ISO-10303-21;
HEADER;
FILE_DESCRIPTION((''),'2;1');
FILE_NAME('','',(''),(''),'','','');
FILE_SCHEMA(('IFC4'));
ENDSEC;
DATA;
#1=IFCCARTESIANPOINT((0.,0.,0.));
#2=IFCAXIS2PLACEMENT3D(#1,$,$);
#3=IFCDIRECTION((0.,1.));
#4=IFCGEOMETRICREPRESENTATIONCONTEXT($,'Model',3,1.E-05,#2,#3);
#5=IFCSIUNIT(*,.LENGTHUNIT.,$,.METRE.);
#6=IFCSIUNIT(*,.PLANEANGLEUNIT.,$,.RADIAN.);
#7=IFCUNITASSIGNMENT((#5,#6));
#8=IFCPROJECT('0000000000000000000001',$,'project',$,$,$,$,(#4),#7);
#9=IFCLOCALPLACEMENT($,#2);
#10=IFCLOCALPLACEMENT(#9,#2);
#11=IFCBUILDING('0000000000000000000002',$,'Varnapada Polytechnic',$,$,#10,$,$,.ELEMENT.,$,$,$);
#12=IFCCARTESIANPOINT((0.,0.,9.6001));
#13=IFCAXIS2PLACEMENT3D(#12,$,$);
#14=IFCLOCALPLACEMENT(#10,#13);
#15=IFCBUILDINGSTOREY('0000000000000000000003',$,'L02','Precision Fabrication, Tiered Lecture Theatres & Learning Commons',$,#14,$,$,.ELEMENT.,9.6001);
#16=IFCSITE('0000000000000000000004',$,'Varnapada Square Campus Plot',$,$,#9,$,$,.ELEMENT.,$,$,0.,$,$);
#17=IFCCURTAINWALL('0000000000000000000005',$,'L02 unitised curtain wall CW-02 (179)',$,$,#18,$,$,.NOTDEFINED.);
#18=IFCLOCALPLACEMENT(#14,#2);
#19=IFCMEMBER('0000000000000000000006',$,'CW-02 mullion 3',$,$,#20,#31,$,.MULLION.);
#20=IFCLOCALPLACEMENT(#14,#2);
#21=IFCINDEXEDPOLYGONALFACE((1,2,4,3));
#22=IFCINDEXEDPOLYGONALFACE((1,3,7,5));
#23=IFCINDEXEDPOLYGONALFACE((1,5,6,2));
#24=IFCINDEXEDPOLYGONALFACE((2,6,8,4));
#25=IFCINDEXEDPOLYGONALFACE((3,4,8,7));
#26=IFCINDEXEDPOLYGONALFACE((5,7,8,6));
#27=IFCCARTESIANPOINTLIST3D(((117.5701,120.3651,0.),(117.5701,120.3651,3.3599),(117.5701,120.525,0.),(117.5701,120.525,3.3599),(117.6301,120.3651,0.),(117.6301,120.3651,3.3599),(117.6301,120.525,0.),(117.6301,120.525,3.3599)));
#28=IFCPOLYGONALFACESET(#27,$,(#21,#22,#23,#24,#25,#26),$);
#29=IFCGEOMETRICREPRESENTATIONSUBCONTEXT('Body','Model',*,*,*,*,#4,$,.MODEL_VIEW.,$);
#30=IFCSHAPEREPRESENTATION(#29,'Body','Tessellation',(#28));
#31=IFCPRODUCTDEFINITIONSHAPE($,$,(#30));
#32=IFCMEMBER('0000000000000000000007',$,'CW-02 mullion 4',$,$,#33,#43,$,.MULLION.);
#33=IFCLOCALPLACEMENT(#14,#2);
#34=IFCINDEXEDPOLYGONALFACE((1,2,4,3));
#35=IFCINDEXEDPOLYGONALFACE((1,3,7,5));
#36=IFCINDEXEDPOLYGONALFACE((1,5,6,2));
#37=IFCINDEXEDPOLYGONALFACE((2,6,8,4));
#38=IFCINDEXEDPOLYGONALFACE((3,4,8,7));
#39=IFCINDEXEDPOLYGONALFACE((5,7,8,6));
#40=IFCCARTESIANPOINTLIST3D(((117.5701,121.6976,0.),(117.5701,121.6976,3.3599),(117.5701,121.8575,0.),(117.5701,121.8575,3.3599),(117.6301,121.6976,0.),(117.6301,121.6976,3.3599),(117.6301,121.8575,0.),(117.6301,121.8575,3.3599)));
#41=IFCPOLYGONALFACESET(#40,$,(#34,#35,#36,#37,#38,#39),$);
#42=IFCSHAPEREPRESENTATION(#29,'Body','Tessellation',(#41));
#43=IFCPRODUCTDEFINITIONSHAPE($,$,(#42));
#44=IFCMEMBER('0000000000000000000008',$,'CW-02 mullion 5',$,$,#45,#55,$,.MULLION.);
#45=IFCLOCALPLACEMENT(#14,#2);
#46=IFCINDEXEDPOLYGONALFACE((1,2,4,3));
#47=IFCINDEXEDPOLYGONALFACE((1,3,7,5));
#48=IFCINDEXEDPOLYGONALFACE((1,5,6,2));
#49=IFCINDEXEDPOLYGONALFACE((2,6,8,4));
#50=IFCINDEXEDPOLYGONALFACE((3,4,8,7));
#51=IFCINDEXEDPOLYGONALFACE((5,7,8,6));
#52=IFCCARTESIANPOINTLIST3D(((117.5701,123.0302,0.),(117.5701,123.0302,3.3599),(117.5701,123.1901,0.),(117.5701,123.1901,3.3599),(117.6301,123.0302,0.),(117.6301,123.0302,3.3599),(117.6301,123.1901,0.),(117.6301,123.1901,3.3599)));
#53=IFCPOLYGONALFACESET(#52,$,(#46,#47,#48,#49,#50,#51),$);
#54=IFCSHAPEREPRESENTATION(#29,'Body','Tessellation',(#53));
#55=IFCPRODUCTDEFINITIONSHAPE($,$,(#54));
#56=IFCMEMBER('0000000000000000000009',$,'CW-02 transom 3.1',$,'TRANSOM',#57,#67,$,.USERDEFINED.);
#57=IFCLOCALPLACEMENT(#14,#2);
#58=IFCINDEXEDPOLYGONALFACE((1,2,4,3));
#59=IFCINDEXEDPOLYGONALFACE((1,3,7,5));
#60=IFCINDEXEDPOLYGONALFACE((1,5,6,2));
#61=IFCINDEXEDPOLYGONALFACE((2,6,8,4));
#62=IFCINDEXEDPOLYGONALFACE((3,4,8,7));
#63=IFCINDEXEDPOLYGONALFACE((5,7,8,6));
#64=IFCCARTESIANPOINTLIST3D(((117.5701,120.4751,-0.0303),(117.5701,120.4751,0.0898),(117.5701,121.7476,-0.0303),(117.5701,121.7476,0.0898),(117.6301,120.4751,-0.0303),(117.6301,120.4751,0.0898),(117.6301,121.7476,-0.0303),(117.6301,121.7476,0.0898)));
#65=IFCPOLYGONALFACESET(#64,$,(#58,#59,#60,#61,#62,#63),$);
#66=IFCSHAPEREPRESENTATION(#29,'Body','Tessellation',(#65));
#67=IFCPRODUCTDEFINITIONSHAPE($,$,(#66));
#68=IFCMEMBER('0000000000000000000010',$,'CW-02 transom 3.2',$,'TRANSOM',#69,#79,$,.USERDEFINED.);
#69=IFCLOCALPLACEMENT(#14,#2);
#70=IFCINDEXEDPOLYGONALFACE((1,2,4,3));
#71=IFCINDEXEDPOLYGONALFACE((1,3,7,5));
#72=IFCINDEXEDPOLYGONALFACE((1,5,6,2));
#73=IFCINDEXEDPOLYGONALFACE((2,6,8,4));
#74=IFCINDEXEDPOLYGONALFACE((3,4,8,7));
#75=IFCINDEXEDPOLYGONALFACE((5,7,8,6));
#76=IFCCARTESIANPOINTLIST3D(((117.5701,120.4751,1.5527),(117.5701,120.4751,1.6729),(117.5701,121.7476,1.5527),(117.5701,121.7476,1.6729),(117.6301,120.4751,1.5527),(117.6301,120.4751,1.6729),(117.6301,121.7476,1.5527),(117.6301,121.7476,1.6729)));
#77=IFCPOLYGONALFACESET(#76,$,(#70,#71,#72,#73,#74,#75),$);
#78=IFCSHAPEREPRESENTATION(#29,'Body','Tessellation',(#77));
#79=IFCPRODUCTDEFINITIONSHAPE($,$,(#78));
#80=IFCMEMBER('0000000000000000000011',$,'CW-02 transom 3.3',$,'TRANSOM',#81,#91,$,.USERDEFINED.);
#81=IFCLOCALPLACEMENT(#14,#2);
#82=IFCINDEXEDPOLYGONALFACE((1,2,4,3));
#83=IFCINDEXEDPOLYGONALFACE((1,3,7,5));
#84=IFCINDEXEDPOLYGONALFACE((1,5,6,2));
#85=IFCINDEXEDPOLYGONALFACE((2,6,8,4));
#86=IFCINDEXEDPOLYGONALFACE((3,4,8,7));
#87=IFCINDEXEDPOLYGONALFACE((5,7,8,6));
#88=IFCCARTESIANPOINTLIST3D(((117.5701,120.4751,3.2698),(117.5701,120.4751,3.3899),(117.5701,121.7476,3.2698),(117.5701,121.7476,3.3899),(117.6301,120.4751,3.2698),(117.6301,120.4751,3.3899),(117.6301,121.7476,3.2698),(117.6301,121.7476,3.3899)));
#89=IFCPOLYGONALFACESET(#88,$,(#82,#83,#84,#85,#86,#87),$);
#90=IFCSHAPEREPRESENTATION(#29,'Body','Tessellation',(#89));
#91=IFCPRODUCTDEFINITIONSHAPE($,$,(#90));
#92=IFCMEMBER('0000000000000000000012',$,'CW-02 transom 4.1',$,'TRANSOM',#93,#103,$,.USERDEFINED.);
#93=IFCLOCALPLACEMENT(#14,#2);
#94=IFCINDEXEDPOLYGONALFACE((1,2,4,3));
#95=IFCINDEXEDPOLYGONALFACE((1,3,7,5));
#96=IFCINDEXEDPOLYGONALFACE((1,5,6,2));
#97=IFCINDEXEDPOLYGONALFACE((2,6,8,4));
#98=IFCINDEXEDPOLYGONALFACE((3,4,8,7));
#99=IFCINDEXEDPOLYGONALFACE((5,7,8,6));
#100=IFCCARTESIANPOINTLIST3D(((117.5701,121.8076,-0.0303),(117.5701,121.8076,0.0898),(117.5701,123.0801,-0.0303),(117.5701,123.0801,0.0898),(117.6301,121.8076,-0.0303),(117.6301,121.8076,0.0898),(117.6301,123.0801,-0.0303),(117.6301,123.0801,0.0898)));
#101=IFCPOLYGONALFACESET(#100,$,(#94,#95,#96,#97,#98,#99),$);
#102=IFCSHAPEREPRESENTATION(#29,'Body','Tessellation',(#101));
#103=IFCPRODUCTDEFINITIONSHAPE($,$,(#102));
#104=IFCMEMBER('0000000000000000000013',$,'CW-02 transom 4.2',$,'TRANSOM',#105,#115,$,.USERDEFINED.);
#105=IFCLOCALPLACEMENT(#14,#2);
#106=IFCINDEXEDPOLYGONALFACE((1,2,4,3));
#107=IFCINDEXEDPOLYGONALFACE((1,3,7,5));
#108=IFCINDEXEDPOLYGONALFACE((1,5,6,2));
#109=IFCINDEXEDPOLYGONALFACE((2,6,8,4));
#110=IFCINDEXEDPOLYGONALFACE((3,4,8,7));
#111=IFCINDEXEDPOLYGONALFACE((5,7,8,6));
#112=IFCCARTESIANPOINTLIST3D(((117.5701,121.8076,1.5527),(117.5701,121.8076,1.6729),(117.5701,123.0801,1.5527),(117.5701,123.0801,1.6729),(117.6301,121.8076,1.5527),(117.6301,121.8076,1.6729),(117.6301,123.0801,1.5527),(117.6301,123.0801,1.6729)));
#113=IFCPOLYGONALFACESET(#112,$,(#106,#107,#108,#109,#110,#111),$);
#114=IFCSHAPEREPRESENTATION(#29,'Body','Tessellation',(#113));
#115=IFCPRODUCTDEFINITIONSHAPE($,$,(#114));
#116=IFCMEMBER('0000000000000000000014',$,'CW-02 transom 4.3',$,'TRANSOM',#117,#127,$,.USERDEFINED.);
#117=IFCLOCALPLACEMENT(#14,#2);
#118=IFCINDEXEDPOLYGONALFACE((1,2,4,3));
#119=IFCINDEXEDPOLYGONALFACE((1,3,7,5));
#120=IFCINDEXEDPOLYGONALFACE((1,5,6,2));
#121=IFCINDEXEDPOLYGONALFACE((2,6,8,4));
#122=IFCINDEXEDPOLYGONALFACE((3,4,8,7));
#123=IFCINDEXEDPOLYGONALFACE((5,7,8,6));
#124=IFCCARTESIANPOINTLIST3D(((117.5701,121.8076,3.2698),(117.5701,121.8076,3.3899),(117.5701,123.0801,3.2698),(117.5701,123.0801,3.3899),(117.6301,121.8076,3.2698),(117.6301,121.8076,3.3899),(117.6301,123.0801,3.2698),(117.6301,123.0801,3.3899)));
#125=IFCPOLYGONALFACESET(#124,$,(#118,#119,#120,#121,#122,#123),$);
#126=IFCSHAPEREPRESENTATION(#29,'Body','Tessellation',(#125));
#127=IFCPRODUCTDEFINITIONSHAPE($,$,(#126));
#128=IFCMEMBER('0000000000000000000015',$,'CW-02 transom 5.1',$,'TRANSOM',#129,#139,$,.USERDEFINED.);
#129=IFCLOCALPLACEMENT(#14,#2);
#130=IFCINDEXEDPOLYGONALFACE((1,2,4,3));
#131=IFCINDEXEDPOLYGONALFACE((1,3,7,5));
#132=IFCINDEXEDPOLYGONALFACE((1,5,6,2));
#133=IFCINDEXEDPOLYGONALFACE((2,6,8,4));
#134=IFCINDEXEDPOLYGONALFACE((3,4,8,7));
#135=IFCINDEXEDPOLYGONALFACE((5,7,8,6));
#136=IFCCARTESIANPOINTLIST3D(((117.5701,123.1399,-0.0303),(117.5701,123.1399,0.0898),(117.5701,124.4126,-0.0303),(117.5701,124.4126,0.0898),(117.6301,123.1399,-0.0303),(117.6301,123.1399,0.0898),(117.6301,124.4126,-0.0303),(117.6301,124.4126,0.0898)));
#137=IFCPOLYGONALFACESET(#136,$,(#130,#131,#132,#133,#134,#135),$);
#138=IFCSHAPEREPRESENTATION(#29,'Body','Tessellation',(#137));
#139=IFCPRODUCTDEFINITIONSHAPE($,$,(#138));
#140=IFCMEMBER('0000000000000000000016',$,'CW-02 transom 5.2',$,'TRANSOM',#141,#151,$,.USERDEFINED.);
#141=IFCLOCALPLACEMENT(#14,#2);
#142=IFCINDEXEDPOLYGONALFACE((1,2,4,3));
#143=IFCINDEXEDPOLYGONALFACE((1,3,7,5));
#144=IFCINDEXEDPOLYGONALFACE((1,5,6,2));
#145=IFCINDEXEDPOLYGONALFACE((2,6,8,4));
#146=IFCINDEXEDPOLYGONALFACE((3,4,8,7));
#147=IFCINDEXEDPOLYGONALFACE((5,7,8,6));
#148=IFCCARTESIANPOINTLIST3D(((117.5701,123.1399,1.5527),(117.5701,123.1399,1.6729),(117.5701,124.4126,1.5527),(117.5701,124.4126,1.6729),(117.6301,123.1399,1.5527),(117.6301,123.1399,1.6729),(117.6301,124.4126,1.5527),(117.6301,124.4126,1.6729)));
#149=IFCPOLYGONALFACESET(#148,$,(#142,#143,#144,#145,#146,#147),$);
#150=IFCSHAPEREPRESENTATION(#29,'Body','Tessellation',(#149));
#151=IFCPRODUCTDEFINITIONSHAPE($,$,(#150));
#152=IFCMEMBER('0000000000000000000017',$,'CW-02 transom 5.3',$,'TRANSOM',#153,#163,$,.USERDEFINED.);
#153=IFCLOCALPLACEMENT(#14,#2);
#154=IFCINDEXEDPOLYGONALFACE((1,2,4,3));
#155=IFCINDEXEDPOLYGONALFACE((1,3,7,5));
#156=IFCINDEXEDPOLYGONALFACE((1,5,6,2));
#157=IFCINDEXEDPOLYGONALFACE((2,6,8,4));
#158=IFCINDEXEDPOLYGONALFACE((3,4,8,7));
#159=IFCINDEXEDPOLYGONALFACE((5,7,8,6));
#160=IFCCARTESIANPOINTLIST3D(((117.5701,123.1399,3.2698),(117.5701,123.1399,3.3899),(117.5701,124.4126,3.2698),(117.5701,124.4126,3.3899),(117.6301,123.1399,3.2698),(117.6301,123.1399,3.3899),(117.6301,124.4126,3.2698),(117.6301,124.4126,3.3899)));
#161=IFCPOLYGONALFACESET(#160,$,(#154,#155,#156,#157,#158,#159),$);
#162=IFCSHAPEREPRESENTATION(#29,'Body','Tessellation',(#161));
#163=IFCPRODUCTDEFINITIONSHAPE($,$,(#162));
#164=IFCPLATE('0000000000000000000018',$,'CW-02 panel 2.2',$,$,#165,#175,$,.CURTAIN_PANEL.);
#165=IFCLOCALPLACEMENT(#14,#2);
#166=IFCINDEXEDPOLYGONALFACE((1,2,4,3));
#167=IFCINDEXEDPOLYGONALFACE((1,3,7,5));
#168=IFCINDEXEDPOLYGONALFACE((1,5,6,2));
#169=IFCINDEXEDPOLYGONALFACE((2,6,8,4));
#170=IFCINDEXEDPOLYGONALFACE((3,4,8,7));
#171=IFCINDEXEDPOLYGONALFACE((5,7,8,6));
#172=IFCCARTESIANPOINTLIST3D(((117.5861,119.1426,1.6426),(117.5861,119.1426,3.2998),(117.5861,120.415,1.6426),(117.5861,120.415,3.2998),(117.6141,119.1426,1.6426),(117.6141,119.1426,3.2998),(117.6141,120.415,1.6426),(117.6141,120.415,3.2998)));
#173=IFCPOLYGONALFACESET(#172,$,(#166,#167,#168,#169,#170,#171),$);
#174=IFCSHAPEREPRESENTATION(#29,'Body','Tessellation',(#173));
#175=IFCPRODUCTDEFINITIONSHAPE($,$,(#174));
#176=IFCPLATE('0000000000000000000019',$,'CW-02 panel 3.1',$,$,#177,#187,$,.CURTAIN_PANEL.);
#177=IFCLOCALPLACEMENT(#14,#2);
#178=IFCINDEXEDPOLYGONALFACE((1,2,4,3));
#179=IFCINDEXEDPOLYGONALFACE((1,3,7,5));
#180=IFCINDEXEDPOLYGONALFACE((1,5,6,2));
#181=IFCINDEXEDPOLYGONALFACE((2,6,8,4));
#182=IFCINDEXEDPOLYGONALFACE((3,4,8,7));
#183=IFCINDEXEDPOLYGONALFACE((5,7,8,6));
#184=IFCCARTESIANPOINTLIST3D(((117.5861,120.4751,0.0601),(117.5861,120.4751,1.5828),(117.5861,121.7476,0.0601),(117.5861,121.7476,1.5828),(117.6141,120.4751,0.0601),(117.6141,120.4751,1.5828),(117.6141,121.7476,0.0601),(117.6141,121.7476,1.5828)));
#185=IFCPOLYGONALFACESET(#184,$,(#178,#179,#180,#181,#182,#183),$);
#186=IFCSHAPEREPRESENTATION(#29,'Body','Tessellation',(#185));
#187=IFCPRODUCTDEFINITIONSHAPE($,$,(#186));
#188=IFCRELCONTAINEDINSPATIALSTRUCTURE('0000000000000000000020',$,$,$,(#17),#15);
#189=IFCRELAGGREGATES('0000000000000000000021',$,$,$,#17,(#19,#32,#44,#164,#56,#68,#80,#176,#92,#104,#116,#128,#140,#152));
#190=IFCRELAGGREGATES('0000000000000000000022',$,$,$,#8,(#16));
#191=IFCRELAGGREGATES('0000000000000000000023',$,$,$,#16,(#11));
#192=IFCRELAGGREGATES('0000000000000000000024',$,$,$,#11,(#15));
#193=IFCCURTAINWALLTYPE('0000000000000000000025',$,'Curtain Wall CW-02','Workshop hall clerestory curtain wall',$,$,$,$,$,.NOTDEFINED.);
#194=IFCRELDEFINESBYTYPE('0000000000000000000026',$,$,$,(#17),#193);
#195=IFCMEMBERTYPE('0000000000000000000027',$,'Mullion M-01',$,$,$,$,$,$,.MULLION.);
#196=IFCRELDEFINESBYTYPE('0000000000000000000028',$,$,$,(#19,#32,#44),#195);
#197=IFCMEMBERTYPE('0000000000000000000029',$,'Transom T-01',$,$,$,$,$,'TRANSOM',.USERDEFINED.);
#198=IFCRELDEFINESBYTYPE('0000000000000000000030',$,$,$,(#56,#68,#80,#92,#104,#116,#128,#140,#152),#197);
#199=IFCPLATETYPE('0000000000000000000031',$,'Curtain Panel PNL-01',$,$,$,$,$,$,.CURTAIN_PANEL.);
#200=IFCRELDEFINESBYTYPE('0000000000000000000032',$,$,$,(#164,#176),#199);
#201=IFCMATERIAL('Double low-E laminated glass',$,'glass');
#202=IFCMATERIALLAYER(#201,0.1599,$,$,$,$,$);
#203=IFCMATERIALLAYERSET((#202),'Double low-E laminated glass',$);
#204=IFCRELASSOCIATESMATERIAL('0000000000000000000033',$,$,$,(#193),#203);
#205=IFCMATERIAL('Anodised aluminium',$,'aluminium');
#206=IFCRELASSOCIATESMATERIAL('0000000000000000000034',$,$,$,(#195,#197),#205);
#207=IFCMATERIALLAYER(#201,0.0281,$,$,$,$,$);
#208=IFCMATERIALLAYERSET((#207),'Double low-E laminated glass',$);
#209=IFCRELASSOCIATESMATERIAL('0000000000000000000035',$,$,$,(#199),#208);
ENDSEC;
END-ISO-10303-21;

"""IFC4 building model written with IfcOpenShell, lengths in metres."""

from ifc_helpers import new_model, si_unit, direction, frame, origin, origin_2d, place, context, subcontext, project, spatial, rectangle, extrude, material, layer, layer_set, material_profile, profile_set, type_object, element, aggregate, save


model = new_model("IFC4")

# Units and contexts
model_context = context("Model", 3, precision=1e-05, world=origin(), true_north=direction((0.0, 1.0)))
body_context = subcontext(model_context, "Body", "Model", "MODEL_VIEW")
ifc_project = project(units=[si_unit("LENGTHUNIT", "METRE"), si_unit("PLANEANGLEUNIT", "RADIAN")], contexts=[model_context])

# Site, building, storey
site_placement = place(None, origin())
site = spatial("IfcSite", under=ifc_project, at=site_placement, Name="Varnapada Square Campus Plot", CompositionType="ELEMENT", RefElevation=0.0)
building_placement = place(site_placement, origin())
building = spatial("IfcBuilding", under=site, at=building_placement, Name="Varnapada Polytechnic", CompositionType="ELEMENT")
storey_placement = place(building_placement, frame((0.0, 0.0, 9.6001)))
storey = spatial("IfcBuildingStorey", under=building, at=storey_placement, Name="L02", Description="Precision Fabrication, Tiered Lecture Theatres & Learning Commons", CompositionType="ELEMENT", Elevation=9.6001)

# Curtain wall, members, plates
ifc_material_1 = material(Name="Double low-E laminated glass", Category="glass")
ifc_layer_1 = layer(ifc_material_1, 0.1599)
ifc_layer_set_1 = layer_set([ifc_layer_1], Name="Double low-E laminated glass")
curtain_wall_type = type_object("IfcCurtainWallType", Name="Curtain Wall CW-02", Description="Workshop hall clerestory curtain wall", PredefinedType="NOTDEFINED", material=ifc_layer_set_1)
curtain_wall_placement = place(storey_placement, origin())
curtain_wall = element("IfcCurtainWall", 1, at=curtain_wall_placement, inside=storey, type_object=curtain_wall_type, Name="L02 unitised curtain wall CW-02 (179)", PredefinedType="NOTDEFINED")
ifc_material_2 = material(Name="Anodised aluminium", Category="aluminium")
ifc_material_profile_1 = material_profile(ifc_material_2, rectangle(XDim=0.0601, YDim=0.1599, at=origin_2d()), Name="ALU M60x160")
ifc_profile_set_1 = profile_set([ifc_material_profile_1], Name="Anodised aluminium")
member_type_1 = type_object("IfcMemberType", Name="Mullion M-01", PredefinedType="MULLION", material=ifc_profile_set_1)
member_1_placement = place(storey_placement, frame((117.6001, 120.4451, 0.0), z_axis=(0.0, 0.0, 1.0), x_axis=(-1.0, 0.0, 0.0)))
member_1 = element("IfcMember", 2, at=member_1_placement, type_object=member_type_1, Name="CW-02 mullion 3", PredefinedType="MULLION", context=body_context, shape_type="SweptSolid", body=[
    extrude(rectangle(XDim=0.0601, YDim=0.1599, at=origin_2d()), origin(), (0.0, 0.0, 1.0), 3.3599),
])
member_2_placement = place(storey_placement, frame((117.6001, 121.7776, 0.0), z_axis=(0.0, 0.0, 1.0), x_axis=(-1.0, 0.0, 0.0)))
member_2 = element("IfcMember", 3, at=member_2_placement, type_object=member_type_1, Name="CW-02 mullion 4", PredefinedType="MULLION", context=body_context, shape_type="SweptSolid", body=[
    extrude(rectangle(XDim=0.0601, YDim=0.1599, at=origin_2d()), origin(), (0.0, 0.0, 1.0), 3.3599),
])
member_3_placement = place(storey_placement, frame((117.6001, 123.1101, 0.0), z_axis=(0.0, 0.0, 1.0), x_axis=(-1.0, 0.0, 0.0)))
member_3 = element("IfcMember", 4, at=member_3_placement, type_object=member_type_1, Name="CW-02 mullion 5", PredefinedType="MULLION", context=body_context, shape_type="SweptSolid", body=[
    extrude(rectangle(XDim=0.0601, YDim=0.1599, at=origin_2d()), origin(), (0.0, 0.0, 1.0), 3.3599),
])
ifc_material_profile_2 = material_profile(ifc_material_2, rectangle(XDim=0.0601, YDim=0.1201, at=origin_2d()), Name="ALU T60x120")
ifc_profile_set_2 = profile_set([ifc_material_profile_2], Name="Anodised aluminium")
member_type_2 = type_object("IfcMemberType", Name="Transom T-01", ElementType="TRANSOM", PredefinedType="USERDEFINED", material=ifc_profile_set_2)
member_4_placement = place(storey_placement, frame((117.6001, 120.4751, 0.0298), z_axis=(0.0, 1.0, 0.0), x_axis=(-1.0, 0.0, 0.0)))
member_4 = element("IfcMember", 5, at=member_4_placement, type_object=member_type_2, Name="CW-02 transom 3.1", ObjectType="TRANSOM", PredefinedType="USERDEFINED", context=body_context, shape_type="SweptSolid", body=[
    extrude(rectangle(XDim=0.0601, YDim=0.1201, at=origin_2d()), origin(), (0.0, 0.0, 1.0), 1.2725),
])
member_5_placement = place(storey_placement, frame((117.6001, 120.4751, 1.6128), z_axis=(0.0, 1.0, 0.0), x_axis=(-1.0, 0.0, 0.0)))
member_5 = element("IfcMember", 6, at=member_5_placement, type_object=member_type_2, Name="CW-02 transom 3.2", ObjectType="TRANSOM", PredefinedType="USERDEFINED", context=body_context, shape_type="SweptSolid", body=[
    extrude(rectangle(XDim=0.0601, YDim=0.1201, at=origin_2d()), origin(), (0.0, 0.0, 1.0), 1.2725),
])
member_6_placement = place(storey_placement, frame((117.6001, 120.4751, 3.3298), z_axis=(0.0, 1.0, 0.0), x_axis=(-1.0, 0.0, 0.0)))
member_6 = element("IfcMember", 7, at=member_6_placement, type_object=member_type_2, Name="CW-02 transom 3.3", ObjectType="TRANSOM", PredefinedType="USERDEFINED", context=body_context, shape_type="SweptSolid", body=[
    extrude(rectangle(XDim=0.0601, YDim=0.1201, at=origin_2d()), origin(), (0.0, 0.0, 1.0), 1.2725),
])
member_7_placement = place(storey_placement, frame((117.6001, 121.8076, 0.0298), z_axis=(0.0, 1.0, 0.0), x_axis=(-1.0, 0.0, 0.0)))
member_7 = element("IfcMember", 8, at=member_7_placement, type_object=member_type_2, Name="CW-02 transom 4.1", ObjectType="TRANSOM", PredefinedType="USERDEFINED", context=body_context, shape_type="SweptSolid", body=[
    extrude(rectangle(XDim=0.0601, YDim=0.1201, at=origin_2d()), origin(), (0.0, 0.0, 1.0), 1.2725),
])
member_8_placement = place(storey_placement, frame((117.6001, 121.8076, 1.6128), z_axis=(0.0, 1.0, 0.0), x_axis=(-1.0, 0.0, 0.0)))
member_8 = element("IfcMember", 9, at=member_8_placement, type_object=member_type_2, Name="CW-02 transom 4.2", ObjectType="TRANSOM", PredefinedType="USERDEFINED", context=body_context, shape_type="SweptSolid", body=[
    extrude(rectangle(XDim=0.0601, YDim=0.1201, at=origin_2d()), origin(), (0.0, 0.0, 1.0), 1.2725),
])
member_9_placement = place(storey_placement, frame((117.6001, 121.8076, 3.3298), z_axis=(0.0, 1.0, 0.0), x_axis=(-1.0, 0.0, 0.0)))
member_9 = element("IfcMember", 10, at=member_9_placement, type_object=member_type_2, Name="CW-02 transom 4.3", ObjectType="TRANSOM", PredefinedType="USERDEFINED", context=body_context, shape_type="SweptSolid", body=[
    extrude(rectangle(XDim=0.0601, YDim=0.1201, at=origin_2d()), origin(), (0.0, 0.0, 1.0), 1.2725),
])
member_10_placement = place(storey_placement, frame((117.6001, 123.1399, 0.0298), z_axis=(0.0, 1.0, 0.0), x_axis=(-1.0, 0.0, 0.0)))
member_10 = element("IfcMember", 11, at=member_10_placement, type_object=member_type_2, Name="CW-02 transom 5.1", ObjectType="TRANSOM", PredefinedType="USERDEFINED", context=body_context, shape_type="SweptSolid", body=[
    extrude(rectangle(XDim=0.0601, YDim=0.1201, at=origin_2d()), origin(), (0.0, 0.0, 1.0), 1.2727),
])
member_11_placement = place(storey_placement, frame((117.6001, 123.1399, 1.6128), z_axis=(0.0, 1.0, 0.0), x_axis=(-1.0, 0.0, 0.0)))
member_11 = element("IfcMember", 12, at=member_11_placement, type_object=member_type_2, Name="CW-02 transom 5.2", ObjectType="TRANSOM", PredefinedType="USERDEFINED", context=body_context, shape_type="SweptSolid", body=[
    extrude(rectangle(XDim=0.0601, YDim=0.1201, at=origin_2d()), origin(), (0.0, 0.0, 1.0), 1.2727),
])
member_12_placement = place(storey_placement, frame((117.6001, 123.1399, 3.3298), z_axis=(0.0, 1.0, 0.0), x_axis=(-1.0, 0.0, 0.0)))
member_12 = element("IfcMember", 13, at=member_12_placement, type_object=member_type_2, Name="CW-02 transom 5.3", ObjectType="TRANSOM", PredefinedType="USERDEFINED", context=body_context, shape_type="SweptSolid", body=[
    extrude(rectangle(XDim=0.0601, YDim=0.1201, at=origin_2d()), origin(), (0.0, 0.0, 1.0), 1.2727),
])
ifc_layer_2 = layer(ifc_material_1, 0.0281)
ifc_layer_set_2 = layer_set([ifc_layer_2], Name="Double low-E laminated glass")
plate_type = type_object("IfcPlateType", Name="Curtain Panel PNL-01", PredefinedType="CURTAIN_PANEL", material=ifc_layer_set_2)
plate_1_placement = place(storey_placement, frame((117.6001, 119.7788, 1.6426), z_axis=(0.0, 0.0, 1.0), x_axis=(0.0, 1.0, 0.0)))
plate_1 = element("IfcPlate", 14, at=plate_1_placement, type_object=plate_type, Name="CW-02 panel 2.2", PredefinedType="CURTAIN_PANEL", context=body_context, shape_type="SweptSolid", body=[
    extrude(rectangle(XDim=1.2725, YDim=0.0281, at=origin_2d()), origin(), (0.0, 0.0, 1.0), 1.6572),
])
plate_2_placement = place(storey_placement, frame((117.6001, 121.1113, 0.0601), z_axis=(0.0, 0.0, 1.0), x_axis=(0.0, 1.0, 0.0)))
plate_2 = element("IfcPlate", 15, at=plate_2_placement, type_object=plate_type, Name="CW-02 panel 3.1", PredefinedType="CURTAIN_PANEL", context=body_context, shape_type="SweptSolid", body=[
    extrude(rectangle(XDim=1.2725, YDim=0.0281, at=origin_2d()), origin(), (0.0, 0.0, 1.0), 1.5227),
])
aggregate(curtain_wall, [member_1, member_2, member_3, plate_1, member_4, member_5, member_6, plate_2, member_7, member_8, member_9, member_10, member_11, member_12])

save(model, "model.ifc")
